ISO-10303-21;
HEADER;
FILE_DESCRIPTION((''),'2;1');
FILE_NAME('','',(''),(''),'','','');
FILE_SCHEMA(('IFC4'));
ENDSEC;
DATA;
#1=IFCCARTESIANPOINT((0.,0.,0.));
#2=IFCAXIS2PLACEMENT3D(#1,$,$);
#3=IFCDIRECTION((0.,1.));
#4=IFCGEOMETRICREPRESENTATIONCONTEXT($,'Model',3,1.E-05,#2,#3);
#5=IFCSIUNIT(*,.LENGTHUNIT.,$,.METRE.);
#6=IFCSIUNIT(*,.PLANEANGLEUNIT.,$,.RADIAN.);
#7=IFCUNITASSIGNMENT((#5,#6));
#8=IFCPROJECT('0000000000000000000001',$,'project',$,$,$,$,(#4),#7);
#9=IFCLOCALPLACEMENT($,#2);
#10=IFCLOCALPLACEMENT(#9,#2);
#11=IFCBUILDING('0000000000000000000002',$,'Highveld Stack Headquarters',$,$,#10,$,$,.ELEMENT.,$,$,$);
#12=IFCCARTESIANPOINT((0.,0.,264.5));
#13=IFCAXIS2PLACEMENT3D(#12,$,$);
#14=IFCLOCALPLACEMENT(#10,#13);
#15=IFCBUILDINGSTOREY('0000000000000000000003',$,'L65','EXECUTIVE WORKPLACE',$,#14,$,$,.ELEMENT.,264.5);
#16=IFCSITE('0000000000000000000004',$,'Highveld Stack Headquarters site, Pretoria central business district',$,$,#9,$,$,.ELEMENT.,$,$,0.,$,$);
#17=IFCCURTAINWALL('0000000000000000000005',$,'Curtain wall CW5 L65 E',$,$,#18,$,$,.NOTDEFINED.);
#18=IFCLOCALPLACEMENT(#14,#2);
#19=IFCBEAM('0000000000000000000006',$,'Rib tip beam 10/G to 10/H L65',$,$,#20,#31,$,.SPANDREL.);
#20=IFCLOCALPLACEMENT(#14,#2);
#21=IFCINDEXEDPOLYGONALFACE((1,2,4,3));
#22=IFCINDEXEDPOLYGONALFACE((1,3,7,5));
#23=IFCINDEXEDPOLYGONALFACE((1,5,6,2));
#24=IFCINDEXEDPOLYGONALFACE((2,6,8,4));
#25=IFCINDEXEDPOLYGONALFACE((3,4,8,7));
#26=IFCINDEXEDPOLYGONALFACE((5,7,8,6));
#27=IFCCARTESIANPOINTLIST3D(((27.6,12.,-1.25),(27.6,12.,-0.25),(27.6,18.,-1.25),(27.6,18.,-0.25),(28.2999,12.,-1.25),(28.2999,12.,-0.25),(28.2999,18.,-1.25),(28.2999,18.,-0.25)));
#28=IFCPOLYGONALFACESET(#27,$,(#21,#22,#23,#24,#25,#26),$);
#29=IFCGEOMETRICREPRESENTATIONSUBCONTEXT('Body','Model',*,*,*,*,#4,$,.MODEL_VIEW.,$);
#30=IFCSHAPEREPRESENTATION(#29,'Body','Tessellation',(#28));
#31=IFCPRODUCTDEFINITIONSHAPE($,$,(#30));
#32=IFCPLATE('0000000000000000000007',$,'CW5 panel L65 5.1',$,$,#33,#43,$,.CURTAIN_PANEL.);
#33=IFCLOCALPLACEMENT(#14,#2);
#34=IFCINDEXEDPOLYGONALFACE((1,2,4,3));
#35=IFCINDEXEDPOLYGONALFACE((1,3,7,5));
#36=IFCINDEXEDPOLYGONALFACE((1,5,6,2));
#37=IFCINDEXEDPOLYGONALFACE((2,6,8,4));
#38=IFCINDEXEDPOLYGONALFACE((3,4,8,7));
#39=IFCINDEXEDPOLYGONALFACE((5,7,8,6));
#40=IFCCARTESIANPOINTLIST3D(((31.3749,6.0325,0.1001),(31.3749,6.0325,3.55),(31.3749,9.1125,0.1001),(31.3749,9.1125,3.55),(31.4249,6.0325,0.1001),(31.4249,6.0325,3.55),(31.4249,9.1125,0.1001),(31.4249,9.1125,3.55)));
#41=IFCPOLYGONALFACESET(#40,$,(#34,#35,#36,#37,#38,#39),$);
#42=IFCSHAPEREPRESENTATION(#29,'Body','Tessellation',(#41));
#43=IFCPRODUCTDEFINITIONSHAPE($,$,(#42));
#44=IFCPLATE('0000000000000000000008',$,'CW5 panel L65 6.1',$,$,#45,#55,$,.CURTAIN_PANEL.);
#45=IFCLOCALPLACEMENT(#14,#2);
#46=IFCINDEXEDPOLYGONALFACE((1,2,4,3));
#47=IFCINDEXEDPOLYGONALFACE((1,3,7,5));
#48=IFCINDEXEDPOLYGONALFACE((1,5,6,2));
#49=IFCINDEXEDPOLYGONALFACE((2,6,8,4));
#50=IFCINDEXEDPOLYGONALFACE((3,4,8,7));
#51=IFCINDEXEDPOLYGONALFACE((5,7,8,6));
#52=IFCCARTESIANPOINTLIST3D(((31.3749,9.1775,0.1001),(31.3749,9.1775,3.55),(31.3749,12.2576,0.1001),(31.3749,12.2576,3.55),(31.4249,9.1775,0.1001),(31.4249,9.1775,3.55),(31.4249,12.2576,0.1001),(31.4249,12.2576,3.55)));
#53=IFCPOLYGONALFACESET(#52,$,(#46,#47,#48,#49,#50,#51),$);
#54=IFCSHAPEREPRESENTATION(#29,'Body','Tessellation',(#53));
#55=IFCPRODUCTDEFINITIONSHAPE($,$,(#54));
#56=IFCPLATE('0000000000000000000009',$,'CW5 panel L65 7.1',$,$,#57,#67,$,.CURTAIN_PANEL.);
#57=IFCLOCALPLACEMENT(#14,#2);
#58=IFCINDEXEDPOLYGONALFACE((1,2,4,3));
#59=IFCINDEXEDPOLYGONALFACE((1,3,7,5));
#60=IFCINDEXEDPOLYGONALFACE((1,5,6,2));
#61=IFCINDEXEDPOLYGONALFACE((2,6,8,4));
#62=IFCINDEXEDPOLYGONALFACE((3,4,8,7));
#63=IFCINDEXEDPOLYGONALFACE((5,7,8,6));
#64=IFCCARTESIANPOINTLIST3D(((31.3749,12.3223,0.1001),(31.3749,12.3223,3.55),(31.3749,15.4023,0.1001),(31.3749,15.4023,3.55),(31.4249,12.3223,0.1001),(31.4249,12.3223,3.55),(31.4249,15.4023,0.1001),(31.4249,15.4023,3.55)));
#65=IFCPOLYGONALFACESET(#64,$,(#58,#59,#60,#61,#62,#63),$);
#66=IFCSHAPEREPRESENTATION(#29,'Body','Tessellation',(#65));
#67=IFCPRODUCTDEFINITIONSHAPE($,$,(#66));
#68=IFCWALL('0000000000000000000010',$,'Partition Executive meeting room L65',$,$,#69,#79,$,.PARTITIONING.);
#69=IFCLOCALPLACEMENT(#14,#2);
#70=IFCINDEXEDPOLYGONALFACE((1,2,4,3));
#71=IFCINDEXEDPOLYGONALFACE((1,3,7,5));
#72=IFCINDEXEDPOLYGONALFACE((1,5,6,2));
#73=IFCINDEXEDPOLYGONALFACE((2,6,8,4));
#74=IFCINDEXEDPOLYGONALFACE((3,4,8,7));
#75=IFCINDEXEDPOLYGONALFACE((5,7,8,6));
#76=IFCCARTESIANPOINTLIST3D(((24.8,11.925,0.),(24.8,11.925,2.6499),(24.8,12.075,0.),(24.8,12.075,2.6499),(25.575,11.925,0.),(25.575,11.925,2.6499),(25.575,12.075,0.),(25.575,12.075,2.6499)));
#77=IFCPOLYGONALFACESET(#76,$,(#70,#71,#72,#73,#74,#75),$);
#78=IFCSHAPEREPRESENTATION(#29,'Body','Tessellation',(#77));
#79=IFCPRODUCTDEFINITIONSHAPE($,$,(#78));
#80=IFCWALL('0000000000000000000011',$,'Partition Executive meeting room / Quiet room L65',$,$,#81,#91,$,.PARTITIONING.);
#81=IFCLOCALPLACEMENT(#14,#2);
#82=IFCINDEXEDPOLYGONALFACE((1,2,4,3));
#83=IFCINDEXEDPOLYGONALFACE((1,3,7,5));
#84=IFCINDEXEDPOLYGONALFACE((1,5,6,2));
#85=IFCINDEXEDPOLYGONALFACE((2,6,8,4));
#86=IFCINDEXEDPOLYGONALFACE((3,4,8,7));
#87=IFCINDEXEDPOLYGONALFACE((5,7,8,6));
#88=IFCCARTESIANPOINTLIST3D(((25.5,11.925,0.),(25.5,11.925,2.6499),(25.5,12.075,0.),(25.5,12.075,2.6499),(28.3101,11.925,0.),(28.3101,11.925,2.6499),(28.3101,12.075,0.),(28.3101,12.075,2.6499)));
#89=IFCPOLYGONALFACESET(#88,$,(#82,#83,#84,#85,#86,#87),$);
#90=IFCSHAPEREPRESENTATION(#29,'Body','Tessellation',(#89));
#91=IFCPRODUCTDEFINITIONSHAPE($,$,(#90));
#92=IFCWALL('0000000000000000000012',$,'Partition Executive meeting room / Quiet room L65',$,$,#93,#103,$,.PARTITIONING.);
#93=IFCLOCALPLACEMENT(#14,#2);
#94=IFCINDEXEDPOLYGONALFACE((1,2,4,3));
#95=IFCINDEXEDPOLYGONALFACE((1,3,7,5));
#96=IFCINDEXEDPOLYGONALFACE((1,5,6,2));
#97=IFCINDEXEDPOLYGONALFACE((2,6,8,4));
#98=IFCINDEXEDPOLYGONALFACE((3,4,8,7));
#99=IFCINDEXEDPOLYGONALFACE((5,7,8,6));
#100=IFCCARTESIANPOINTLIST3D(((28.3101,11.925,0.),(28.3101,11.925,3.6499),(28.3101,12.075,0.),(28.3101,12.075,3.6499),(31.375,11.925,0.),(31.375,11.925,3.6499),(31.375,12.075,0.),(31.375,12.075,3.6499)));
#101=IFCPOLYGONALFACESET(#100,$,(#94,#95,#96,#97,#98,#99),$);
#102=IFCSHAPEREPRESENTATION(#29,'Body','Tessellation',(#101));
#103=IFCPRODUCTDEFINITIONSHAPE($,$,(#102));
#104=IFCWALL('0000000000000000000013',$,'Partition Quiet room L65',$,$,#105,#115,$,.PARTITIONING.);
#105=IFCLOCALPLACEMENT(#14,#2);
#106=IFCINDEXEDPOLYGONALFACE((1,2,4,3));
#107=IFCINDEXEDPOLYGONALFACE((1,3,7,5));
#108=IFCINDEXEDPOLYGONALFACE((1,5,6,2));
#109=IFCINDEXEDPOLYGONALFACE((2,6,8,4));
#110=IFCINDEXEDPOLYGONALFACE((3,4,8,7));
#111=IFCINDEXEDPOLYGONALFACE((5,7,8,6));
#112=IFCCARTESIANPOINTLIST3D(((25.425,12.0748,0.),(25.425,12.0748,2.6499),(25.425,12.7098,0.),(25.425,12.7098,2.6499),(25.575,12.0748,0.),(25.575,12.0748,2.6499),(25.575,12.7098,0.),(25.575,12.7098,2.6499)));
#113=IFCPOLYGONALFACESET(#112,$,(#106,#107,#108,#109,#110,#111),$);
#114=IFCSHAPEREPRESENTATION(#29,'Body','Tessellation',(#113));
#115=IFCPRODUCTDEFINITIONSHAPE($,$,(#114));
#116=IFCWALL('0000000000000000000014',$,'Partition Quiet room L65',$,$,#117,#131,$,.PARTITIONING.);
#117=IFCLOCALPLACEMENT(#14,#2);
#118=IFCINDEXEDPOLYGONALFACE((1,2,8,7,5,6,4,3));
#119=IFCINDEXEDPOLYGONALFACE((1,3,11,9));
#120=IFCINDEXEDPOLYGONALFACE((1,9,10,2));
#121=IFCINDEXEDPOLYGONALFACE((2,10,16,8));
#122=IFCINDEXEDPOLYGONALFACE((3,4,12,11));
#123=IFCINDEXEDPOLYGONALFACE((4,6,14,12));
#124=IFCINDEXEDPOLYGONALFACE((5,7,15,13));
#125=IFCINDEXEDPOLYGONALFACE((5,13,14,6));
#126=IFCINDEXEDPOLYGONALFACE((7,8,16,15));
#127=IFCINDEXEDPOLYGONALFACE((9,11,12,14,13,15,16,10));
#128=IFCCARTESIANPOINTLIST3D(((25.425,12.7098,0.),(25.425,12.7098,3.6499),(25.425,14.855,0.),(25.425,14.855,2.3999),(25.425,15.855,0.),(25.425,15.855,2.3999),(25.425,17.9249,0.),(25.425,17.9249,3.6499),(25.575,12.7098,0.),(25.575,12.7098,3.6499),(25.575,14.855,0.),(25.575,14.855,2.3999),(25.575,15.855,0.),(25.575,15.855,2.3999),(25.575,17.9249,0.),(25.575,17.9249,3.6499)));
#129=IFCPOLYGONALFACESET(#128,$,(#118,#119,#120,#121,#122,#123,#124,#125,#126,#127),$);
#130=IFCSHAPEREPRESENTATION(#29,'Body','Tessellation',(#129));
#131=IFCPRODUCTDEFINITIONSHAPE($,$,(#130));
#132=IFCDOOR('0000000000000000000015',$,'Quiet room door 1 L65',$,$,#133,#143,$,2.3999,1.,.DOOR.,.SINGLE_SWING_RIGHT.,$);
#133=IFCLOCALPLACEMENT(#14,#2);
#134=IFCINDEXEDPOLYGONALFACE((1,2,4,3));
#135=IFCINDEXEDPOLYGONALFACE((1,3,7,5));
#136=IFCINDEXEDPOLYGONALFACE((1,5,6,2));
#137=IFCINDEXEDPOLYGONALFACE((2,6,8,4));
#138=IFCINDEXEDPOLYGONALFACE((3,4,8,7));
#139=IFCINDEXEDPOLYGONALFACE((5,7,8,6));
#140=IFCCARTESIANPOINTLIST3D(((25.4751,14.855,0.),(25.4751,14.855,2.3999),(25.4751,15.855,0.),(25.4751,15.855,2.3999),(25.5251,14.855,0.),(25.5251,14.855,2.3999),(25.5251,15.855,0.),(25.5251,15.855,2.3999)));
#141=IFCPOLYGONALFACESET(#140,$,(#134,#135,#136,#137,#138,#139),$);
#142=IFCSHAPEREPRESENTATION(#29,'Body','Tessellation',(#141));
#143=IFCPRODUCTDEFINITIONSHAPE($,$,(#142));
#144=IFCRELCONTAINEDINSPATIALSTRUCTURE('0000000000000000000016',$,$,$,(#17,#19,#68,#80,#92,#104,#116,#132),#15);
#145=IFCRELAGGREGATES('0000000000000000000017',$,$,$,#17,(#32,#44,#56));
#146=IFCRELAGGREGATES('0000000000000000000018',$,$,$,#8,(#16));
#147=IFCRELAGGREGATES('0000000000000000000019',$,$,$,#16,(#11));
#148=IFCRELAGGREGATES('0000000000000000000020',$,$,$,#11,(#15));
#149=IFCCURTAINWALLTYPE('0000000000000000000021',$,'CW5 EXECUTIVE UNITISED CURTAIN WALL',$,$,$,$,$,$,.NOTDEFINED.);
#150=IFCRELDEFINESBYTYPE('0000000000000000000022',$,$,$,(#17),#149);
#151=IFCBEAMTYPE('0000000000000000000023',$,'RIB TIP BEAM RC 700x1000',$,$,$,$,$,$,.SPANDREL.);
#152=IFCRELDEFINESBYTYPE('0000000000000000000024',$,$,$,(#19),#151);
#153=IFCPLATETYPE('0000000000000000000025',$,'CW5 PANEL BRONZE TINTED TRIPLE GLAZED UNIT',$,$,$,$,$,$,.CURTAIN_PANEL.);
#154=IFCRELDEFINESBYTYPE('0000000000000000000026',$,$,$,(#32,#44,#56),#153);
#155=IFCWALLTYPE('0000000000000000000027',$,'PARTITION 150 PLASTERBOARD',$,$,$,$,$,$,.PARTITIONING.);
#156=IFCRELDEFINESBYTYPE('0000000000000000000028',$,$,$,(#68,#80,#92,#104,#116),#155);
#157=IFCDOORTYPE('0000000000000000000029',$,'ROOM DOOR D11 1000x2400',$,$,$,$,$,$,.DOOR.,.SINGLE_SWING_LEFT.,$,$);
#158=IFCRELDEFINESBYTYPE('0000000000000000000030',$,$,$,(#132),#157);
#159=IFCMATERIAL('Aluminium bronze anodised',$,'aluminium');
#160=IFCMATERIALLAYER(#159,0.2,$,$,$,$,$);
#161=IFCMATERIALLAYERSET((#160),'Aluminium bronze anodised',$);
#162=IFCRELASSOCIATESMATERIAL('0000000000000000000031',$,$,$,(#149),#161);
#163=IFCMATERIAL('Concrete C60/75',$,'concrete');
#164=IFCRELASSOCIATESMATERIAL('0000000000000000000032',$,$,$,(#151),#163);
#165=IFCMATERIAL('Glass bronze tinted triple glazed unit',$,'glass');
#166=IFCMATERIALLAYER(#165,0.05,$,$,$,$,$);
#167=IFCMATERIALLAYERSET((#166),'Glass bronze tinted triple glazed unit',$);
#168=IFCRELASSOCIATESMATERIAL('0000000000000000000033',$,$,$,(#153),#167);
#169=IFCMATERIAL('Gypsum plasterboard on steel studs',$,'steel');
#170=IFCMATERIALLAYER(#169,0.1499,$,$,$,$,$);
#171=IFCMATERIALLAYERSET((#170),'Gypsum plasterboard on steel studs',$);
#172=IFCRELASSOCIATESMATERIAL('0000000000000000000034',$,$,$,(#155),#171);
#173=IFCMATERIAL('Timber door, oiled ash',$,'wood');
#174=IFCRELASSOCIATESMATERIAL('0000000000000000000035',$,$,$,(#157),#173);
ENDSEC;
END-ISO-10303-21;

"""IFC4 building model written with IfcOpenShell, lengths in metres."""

from ifc_helpers import new_model, si_unit, direction, frame, frame_2d, origin, origin_2d, place, context, subcontext, project, spatial, rectangle, extrude, material, layer, layer_set, material_profile, profile_set, type_object, element, fill, aggregate, save


model = new_model("IFC4")

# Units and contexts
model_context = context("Model", 3, precision=1e-05, world=origin(), true_north=direction((0.0, 1.0)))
body_context = subcontext(model_context, "Body", "Model", "MODEL_VIEW")
ifc_project = project(units=[si_unit("LENGTHUNIT", "METRE"), si_unit("PLANEANGLEUNIT", "RADIAN")], contexts=[model_context])

# Site, building, storey
site_placement = place(None, origin())
site = spatial("IfcSite", under=ifc_project, at=site_placement, Name="Highveld Stack Headquarters site, Pretoria central business district", CompositionType="ELEMENT", RefElevation=0.0)
building_placement = place(site_placement, origin())
building = spatial("IfcBuilding", under=site, at=building_placement, Name="Highveld Stack Headquarters", CompositionType="ELEMENT")
storey_placement = place(building_placement, frame((0.0, 0.0, 264.5)))
storey = spatial("IfcBuildingStorey", under=building, at=storey_placement, Name="L65", Description="EXECUTIVE WORKPLACE", CompositionType="ELEMENT", Elevation=264.5)

# Curtain wall
ifc_material_1 = material(Name="Aluminium bronze anodised", Category="aluminium")
ifc_layer_1 = layer(ifc_material_1, 0.2)
ifc_layer_set_1 = layer_set([ifc_layer_1], Name="Aluminium bronze anodised")
curtain_wall_type = type_object("IfcCurtainWallType", Name="CW5 EXECUTIVE UNITISED CURTAIN WALL", PredefinedType="NOTDEFINED", material=ifc_layer_set_1)
curtain_wall_placement = place(storey_placement, origin())
curtain_wall = element("IfcCurtainWall", 1, at=curtain_wall_placement, inside=storey, type_object=curtain_wall_type, Name="Curtain wall CW5 L65 E", PredefinedType="NOTDEFINED")

# Beam
ifc_material_2 = material(Name="Concrete C60/75", Category="concrete")
ifc_material_profile_1 = material_profile(ifc_material_2, rectangle(XDim=0.7, YDim=1.0, at=origin_2d()), Name="RC 700x1000")
ifc_profile_set_1 = profile_set([ifc_material_profile_1], Name="Concrete C60/75")
beam_type = type_object("IfcBeamType", Name="RIB TIP BEAM RC 700x1000", PredefinedType="SPANDREL", material=ifc_profile_set_1)
for number, where, z_axis, x_axis, name in (
    (2, (27.95, 12.0, -0.75), (0.0, 1.0, 0.0), (-1.0, 0.0, 0.0), "Rib tip beam 10/G to 10/H L65"),
):
    element("IfcBeam", number, at=place(storey_placement, frame(where, z_axis=z_axis, x_axis=x_axis)), inside=storey, type_object=beam_type, Name=name, PredefinedType="SPANDREL", context=body_context, shape_type="SweptSolid", body=[
        extrude(rectangle(XDim=0.7, YDim=1.0, at=origin_2d()), origin(), (0.0, 0.0, 1.0), 6.0),
    ])

# Plates
ifc_material_3 = material(Name="Glass bronze tinted triple glazed unit", Category="glass")
ifc_layer_2 = layer(ifc_material_3, 0.05)
ifc_layer_set_2 = layer_set([ifc_layer_2], Name="Glass bronze tinted triple glazed unit")
plate_type = type_object("IfcPlateType", Name="CW5 PANEL BRONZE TINTED TRIPLE GLAZED UNIT", PredefinedType="CURTAIN_PANEL", material=ifc_layer_set_2)
plate_1_placement = place(storey_placement, frame((31.3999, 7.5725, 0.1001), z_axis=(0.0, 0.0, 1.0), x_axis=(0.0, 1.0, 0.0)))
plate_1 = element("IfcPlate", 3, at=plate_1_placement, type_object=plate_type, Name="CW5 panel L65 5.1", PredefinedType="CURTAIN_PANEL", context=body_context, shape_type="SweptSolid", body=[
    extrude(rectangle(XDim=3.0801, YDim=0.05, at=origin_2d()), origin(), (0.0, 0.0, 1.0), 3.45),
])
plate_2_placement = place(storey_placement, frame((31.3999, 10.7175, 0.1001), z_axis=(0.0, 0.0, 1.0), x_axis=(0.0, 1.0, 0.0)))
plate_2 = element("IfcPlate", 4, at=plate_2_placement, type_object=plate_type, Name="CW5 panel L65 6.1", PredefinedType="CURTAIN_PANEL", context=body_context, shape_type="SweptSolid", body=[
    extrude(rectangle(XDim=3.0801, YDim=0.05, at=origin_2d()), origin(), (0.0, 0.0, 1.0), 3.45),
])
plate_3_placement = place(storey_placement, frame((31.3999, 13.8623, 0.1001), z_axis=(0.0, 0.0, 1.0), x_axis=(0.0, 1.0, 0.0)))
plate_3 = element("IfcPlate", 5, at=plate_3_placement, type_object=plate_type, Name="CW5 panel L65 7.1", PredefinedType="CURTAIN_PANEL", context=body_context, shape_type="SweptSolid", body=[
    extrude(rectangle(XDim=3.0801, YDim=0.05, at=origin_2d()), origin(), (0.0, 0.0, 1.0), 3.45),
])
aggregate(curtain_wall, [plate_1, plate_2, plate_3])

# Walls
ifc_material_4 = material(Name="Gypsum plasterboard on steel studs", Category="steel")
ifc_layer_3 = layer(ifc_material_4, 0.1499)
ifc_layer_set_3 = layer_set([ifc_layer_3], Name="Gypsum plasterboard on steel studs")
wall_type = type_object("IfcWallType", Name="PARTITION 150 PLASTERBOARD", PredefinedType="PARTITIONING", material=ifc_layer_set_3)
wall_1_placement = place(storey_placement, frame((24.8, 12.0, 0.0), z_axis=(0.0, 0.0, 1.0), x_axis=(1.0, 0.0, 0.0)))
element("IfcWall", 6, at=wall_1_placement, inside=storey, type_object=wall_type, Name="Partition Executive meeting room L65", PredefinedType="PARTITIONING", context=body_context, shape_type="SweptSolid", body=[
    extrude(rectangle(XDim=0.7749, YDim=0.1499, at=frame_2d((0.3875, 0.0))), origin(), (0.0, 0.0, 1.0), 2.6499),
])
wall_2_placement = place(storey_placement, frame((25.5, 12.0, 0.0), z_axis=(0.0, 0.0, 1.0), x_axis=(1.0, 0.0, 0.0)))
element("IfcWall", 7, at=wall_2_placement, inside=storey, type_object=wall_type, Name="Partition Executive meeting room / Quiet room L65", PredefinedType="PARTITIONING", context=body_context, shape_type="SweptSolid", body=[
    extrude(rectangle(XDim=2.8101, YDim=0.1499, at=frame_2d((1.405, 0.0))), origin(), (0.0, 0.0, 1.0), 2.6499),
])
wall_3_placement = place(storey_placement, frame((28.3101, 12.0, 0.0), z_axis=(0.0, 0.0, 1.0), x_axis=(1.0, 0.0, 0.0)))
element("IfcWall", 8, at=wall_3_placement, inside=storey, type_object=wall_type, Name="Partition Executive meeting room / Quiet room L65", PredefinedType="PARTITIONING", context=body_context, shape_type="SweptSolid", body=[
    extrude(rectangle(XDim=3.0649, YDim=0.1499, at=frame_2d((1.5325, 0.0))), origin(), (0.0, 0.0, 1.0), 3.6499),
])
wall_4_placement = place(storey_placement, frame((25.5, 12.075, 0.0), z_axis=(0.0, 0.0, 1.0), x_axis=(0.0, 1.0, 0.0)))
element("IfcWall", 9, at=wall_4_placement, inside=storey, type_object=wall_type, Name="Partition Quiet room L65", PredefinedType="PARTITIONING", context=body_context, shape_type="SweptSolid", body=[
    extrude(rectangle(XDim=0.635, YDim=0.1499, at=frame_2d((0.3174, 0.0))), origin(), (0.0, 0.0, 1.0), 2.6499),
])

# Wall, opening, door
wall_5_placement = place(storey_placement, frame((25.5, 12.71, 0.0), z_axis=(0.0, 0.0, 1.0), x_axis=(0.0, 1.0, 0.0)))
wall_5 = element("IfcWall", 10, at=wall_5_placement, inside=storey, type_object=wall_type, Name="Partition Quiet room L65", PredefinedType="PARTITIONING", context=body_context, shape_type="SweptSolid", body=[
    extrude(rectangle(XDim=5.2151, YDim=0.1499, at=frame_2d((2.6074, 0.0))), origin(), (0.0, 0.0, 1.0), 3.6499),
])
opening_placement = place(wall_5_placement, frame((2.145, 0.0, 0.0)))
opening = element("IfcOpeningElement", 11, at=opening_placement, cuts=wall_5, PredefinedType="OPENING", context=body_context, shape_type="SweptSolid", body=[
    extrude(rectangle(XDim=1.0, YDim=2.3999, at=frame_2d((0.5, 1.2))), frame((0.0, 0.085, 0.0), z_axis=(0.0, -1.0, 0.0), x_axis=(1.0, 0.0, 0.0)), (0.0, 0.0, 1.0), 0.1699),
])
ifc_material_5 = material(Name="Timber door, oiled ash", Category="wood")
door_type = type_object("IfcDoorType", Name="ROOM DOOR D11 1000x2400", OperationType="SINGLE_SWING_LEFT", PredefinedType="DOOR", material=ifc_material_5)
door_placement = place(opening_placement, origin())
door = element("IfcDoor", 12, at=door_placement, inside=storey, type_object=door_type, Name="Quiet room door 1 L65", OperationType="SINGLE_SWING_RIGHT", OverallHeight=2.3999, OverallWidth=1.0, PredefinedType="DOOR", context=body_context, shape_type="SweptSolid", body=[
    extrude(rectangle(XDim=1.0, YDim=2.3999, at=frame_2d((0.5, 1.2))), frame((0.0, 0.0249, 0.0), z_axis=(0.0, -1.0, 0.0), x_axis=(1.0, 0.0, 0.0)), (0.0, 0.0, 1.0), 0.05),
])
fill(opening, door)

save(model, "model.ifc")
